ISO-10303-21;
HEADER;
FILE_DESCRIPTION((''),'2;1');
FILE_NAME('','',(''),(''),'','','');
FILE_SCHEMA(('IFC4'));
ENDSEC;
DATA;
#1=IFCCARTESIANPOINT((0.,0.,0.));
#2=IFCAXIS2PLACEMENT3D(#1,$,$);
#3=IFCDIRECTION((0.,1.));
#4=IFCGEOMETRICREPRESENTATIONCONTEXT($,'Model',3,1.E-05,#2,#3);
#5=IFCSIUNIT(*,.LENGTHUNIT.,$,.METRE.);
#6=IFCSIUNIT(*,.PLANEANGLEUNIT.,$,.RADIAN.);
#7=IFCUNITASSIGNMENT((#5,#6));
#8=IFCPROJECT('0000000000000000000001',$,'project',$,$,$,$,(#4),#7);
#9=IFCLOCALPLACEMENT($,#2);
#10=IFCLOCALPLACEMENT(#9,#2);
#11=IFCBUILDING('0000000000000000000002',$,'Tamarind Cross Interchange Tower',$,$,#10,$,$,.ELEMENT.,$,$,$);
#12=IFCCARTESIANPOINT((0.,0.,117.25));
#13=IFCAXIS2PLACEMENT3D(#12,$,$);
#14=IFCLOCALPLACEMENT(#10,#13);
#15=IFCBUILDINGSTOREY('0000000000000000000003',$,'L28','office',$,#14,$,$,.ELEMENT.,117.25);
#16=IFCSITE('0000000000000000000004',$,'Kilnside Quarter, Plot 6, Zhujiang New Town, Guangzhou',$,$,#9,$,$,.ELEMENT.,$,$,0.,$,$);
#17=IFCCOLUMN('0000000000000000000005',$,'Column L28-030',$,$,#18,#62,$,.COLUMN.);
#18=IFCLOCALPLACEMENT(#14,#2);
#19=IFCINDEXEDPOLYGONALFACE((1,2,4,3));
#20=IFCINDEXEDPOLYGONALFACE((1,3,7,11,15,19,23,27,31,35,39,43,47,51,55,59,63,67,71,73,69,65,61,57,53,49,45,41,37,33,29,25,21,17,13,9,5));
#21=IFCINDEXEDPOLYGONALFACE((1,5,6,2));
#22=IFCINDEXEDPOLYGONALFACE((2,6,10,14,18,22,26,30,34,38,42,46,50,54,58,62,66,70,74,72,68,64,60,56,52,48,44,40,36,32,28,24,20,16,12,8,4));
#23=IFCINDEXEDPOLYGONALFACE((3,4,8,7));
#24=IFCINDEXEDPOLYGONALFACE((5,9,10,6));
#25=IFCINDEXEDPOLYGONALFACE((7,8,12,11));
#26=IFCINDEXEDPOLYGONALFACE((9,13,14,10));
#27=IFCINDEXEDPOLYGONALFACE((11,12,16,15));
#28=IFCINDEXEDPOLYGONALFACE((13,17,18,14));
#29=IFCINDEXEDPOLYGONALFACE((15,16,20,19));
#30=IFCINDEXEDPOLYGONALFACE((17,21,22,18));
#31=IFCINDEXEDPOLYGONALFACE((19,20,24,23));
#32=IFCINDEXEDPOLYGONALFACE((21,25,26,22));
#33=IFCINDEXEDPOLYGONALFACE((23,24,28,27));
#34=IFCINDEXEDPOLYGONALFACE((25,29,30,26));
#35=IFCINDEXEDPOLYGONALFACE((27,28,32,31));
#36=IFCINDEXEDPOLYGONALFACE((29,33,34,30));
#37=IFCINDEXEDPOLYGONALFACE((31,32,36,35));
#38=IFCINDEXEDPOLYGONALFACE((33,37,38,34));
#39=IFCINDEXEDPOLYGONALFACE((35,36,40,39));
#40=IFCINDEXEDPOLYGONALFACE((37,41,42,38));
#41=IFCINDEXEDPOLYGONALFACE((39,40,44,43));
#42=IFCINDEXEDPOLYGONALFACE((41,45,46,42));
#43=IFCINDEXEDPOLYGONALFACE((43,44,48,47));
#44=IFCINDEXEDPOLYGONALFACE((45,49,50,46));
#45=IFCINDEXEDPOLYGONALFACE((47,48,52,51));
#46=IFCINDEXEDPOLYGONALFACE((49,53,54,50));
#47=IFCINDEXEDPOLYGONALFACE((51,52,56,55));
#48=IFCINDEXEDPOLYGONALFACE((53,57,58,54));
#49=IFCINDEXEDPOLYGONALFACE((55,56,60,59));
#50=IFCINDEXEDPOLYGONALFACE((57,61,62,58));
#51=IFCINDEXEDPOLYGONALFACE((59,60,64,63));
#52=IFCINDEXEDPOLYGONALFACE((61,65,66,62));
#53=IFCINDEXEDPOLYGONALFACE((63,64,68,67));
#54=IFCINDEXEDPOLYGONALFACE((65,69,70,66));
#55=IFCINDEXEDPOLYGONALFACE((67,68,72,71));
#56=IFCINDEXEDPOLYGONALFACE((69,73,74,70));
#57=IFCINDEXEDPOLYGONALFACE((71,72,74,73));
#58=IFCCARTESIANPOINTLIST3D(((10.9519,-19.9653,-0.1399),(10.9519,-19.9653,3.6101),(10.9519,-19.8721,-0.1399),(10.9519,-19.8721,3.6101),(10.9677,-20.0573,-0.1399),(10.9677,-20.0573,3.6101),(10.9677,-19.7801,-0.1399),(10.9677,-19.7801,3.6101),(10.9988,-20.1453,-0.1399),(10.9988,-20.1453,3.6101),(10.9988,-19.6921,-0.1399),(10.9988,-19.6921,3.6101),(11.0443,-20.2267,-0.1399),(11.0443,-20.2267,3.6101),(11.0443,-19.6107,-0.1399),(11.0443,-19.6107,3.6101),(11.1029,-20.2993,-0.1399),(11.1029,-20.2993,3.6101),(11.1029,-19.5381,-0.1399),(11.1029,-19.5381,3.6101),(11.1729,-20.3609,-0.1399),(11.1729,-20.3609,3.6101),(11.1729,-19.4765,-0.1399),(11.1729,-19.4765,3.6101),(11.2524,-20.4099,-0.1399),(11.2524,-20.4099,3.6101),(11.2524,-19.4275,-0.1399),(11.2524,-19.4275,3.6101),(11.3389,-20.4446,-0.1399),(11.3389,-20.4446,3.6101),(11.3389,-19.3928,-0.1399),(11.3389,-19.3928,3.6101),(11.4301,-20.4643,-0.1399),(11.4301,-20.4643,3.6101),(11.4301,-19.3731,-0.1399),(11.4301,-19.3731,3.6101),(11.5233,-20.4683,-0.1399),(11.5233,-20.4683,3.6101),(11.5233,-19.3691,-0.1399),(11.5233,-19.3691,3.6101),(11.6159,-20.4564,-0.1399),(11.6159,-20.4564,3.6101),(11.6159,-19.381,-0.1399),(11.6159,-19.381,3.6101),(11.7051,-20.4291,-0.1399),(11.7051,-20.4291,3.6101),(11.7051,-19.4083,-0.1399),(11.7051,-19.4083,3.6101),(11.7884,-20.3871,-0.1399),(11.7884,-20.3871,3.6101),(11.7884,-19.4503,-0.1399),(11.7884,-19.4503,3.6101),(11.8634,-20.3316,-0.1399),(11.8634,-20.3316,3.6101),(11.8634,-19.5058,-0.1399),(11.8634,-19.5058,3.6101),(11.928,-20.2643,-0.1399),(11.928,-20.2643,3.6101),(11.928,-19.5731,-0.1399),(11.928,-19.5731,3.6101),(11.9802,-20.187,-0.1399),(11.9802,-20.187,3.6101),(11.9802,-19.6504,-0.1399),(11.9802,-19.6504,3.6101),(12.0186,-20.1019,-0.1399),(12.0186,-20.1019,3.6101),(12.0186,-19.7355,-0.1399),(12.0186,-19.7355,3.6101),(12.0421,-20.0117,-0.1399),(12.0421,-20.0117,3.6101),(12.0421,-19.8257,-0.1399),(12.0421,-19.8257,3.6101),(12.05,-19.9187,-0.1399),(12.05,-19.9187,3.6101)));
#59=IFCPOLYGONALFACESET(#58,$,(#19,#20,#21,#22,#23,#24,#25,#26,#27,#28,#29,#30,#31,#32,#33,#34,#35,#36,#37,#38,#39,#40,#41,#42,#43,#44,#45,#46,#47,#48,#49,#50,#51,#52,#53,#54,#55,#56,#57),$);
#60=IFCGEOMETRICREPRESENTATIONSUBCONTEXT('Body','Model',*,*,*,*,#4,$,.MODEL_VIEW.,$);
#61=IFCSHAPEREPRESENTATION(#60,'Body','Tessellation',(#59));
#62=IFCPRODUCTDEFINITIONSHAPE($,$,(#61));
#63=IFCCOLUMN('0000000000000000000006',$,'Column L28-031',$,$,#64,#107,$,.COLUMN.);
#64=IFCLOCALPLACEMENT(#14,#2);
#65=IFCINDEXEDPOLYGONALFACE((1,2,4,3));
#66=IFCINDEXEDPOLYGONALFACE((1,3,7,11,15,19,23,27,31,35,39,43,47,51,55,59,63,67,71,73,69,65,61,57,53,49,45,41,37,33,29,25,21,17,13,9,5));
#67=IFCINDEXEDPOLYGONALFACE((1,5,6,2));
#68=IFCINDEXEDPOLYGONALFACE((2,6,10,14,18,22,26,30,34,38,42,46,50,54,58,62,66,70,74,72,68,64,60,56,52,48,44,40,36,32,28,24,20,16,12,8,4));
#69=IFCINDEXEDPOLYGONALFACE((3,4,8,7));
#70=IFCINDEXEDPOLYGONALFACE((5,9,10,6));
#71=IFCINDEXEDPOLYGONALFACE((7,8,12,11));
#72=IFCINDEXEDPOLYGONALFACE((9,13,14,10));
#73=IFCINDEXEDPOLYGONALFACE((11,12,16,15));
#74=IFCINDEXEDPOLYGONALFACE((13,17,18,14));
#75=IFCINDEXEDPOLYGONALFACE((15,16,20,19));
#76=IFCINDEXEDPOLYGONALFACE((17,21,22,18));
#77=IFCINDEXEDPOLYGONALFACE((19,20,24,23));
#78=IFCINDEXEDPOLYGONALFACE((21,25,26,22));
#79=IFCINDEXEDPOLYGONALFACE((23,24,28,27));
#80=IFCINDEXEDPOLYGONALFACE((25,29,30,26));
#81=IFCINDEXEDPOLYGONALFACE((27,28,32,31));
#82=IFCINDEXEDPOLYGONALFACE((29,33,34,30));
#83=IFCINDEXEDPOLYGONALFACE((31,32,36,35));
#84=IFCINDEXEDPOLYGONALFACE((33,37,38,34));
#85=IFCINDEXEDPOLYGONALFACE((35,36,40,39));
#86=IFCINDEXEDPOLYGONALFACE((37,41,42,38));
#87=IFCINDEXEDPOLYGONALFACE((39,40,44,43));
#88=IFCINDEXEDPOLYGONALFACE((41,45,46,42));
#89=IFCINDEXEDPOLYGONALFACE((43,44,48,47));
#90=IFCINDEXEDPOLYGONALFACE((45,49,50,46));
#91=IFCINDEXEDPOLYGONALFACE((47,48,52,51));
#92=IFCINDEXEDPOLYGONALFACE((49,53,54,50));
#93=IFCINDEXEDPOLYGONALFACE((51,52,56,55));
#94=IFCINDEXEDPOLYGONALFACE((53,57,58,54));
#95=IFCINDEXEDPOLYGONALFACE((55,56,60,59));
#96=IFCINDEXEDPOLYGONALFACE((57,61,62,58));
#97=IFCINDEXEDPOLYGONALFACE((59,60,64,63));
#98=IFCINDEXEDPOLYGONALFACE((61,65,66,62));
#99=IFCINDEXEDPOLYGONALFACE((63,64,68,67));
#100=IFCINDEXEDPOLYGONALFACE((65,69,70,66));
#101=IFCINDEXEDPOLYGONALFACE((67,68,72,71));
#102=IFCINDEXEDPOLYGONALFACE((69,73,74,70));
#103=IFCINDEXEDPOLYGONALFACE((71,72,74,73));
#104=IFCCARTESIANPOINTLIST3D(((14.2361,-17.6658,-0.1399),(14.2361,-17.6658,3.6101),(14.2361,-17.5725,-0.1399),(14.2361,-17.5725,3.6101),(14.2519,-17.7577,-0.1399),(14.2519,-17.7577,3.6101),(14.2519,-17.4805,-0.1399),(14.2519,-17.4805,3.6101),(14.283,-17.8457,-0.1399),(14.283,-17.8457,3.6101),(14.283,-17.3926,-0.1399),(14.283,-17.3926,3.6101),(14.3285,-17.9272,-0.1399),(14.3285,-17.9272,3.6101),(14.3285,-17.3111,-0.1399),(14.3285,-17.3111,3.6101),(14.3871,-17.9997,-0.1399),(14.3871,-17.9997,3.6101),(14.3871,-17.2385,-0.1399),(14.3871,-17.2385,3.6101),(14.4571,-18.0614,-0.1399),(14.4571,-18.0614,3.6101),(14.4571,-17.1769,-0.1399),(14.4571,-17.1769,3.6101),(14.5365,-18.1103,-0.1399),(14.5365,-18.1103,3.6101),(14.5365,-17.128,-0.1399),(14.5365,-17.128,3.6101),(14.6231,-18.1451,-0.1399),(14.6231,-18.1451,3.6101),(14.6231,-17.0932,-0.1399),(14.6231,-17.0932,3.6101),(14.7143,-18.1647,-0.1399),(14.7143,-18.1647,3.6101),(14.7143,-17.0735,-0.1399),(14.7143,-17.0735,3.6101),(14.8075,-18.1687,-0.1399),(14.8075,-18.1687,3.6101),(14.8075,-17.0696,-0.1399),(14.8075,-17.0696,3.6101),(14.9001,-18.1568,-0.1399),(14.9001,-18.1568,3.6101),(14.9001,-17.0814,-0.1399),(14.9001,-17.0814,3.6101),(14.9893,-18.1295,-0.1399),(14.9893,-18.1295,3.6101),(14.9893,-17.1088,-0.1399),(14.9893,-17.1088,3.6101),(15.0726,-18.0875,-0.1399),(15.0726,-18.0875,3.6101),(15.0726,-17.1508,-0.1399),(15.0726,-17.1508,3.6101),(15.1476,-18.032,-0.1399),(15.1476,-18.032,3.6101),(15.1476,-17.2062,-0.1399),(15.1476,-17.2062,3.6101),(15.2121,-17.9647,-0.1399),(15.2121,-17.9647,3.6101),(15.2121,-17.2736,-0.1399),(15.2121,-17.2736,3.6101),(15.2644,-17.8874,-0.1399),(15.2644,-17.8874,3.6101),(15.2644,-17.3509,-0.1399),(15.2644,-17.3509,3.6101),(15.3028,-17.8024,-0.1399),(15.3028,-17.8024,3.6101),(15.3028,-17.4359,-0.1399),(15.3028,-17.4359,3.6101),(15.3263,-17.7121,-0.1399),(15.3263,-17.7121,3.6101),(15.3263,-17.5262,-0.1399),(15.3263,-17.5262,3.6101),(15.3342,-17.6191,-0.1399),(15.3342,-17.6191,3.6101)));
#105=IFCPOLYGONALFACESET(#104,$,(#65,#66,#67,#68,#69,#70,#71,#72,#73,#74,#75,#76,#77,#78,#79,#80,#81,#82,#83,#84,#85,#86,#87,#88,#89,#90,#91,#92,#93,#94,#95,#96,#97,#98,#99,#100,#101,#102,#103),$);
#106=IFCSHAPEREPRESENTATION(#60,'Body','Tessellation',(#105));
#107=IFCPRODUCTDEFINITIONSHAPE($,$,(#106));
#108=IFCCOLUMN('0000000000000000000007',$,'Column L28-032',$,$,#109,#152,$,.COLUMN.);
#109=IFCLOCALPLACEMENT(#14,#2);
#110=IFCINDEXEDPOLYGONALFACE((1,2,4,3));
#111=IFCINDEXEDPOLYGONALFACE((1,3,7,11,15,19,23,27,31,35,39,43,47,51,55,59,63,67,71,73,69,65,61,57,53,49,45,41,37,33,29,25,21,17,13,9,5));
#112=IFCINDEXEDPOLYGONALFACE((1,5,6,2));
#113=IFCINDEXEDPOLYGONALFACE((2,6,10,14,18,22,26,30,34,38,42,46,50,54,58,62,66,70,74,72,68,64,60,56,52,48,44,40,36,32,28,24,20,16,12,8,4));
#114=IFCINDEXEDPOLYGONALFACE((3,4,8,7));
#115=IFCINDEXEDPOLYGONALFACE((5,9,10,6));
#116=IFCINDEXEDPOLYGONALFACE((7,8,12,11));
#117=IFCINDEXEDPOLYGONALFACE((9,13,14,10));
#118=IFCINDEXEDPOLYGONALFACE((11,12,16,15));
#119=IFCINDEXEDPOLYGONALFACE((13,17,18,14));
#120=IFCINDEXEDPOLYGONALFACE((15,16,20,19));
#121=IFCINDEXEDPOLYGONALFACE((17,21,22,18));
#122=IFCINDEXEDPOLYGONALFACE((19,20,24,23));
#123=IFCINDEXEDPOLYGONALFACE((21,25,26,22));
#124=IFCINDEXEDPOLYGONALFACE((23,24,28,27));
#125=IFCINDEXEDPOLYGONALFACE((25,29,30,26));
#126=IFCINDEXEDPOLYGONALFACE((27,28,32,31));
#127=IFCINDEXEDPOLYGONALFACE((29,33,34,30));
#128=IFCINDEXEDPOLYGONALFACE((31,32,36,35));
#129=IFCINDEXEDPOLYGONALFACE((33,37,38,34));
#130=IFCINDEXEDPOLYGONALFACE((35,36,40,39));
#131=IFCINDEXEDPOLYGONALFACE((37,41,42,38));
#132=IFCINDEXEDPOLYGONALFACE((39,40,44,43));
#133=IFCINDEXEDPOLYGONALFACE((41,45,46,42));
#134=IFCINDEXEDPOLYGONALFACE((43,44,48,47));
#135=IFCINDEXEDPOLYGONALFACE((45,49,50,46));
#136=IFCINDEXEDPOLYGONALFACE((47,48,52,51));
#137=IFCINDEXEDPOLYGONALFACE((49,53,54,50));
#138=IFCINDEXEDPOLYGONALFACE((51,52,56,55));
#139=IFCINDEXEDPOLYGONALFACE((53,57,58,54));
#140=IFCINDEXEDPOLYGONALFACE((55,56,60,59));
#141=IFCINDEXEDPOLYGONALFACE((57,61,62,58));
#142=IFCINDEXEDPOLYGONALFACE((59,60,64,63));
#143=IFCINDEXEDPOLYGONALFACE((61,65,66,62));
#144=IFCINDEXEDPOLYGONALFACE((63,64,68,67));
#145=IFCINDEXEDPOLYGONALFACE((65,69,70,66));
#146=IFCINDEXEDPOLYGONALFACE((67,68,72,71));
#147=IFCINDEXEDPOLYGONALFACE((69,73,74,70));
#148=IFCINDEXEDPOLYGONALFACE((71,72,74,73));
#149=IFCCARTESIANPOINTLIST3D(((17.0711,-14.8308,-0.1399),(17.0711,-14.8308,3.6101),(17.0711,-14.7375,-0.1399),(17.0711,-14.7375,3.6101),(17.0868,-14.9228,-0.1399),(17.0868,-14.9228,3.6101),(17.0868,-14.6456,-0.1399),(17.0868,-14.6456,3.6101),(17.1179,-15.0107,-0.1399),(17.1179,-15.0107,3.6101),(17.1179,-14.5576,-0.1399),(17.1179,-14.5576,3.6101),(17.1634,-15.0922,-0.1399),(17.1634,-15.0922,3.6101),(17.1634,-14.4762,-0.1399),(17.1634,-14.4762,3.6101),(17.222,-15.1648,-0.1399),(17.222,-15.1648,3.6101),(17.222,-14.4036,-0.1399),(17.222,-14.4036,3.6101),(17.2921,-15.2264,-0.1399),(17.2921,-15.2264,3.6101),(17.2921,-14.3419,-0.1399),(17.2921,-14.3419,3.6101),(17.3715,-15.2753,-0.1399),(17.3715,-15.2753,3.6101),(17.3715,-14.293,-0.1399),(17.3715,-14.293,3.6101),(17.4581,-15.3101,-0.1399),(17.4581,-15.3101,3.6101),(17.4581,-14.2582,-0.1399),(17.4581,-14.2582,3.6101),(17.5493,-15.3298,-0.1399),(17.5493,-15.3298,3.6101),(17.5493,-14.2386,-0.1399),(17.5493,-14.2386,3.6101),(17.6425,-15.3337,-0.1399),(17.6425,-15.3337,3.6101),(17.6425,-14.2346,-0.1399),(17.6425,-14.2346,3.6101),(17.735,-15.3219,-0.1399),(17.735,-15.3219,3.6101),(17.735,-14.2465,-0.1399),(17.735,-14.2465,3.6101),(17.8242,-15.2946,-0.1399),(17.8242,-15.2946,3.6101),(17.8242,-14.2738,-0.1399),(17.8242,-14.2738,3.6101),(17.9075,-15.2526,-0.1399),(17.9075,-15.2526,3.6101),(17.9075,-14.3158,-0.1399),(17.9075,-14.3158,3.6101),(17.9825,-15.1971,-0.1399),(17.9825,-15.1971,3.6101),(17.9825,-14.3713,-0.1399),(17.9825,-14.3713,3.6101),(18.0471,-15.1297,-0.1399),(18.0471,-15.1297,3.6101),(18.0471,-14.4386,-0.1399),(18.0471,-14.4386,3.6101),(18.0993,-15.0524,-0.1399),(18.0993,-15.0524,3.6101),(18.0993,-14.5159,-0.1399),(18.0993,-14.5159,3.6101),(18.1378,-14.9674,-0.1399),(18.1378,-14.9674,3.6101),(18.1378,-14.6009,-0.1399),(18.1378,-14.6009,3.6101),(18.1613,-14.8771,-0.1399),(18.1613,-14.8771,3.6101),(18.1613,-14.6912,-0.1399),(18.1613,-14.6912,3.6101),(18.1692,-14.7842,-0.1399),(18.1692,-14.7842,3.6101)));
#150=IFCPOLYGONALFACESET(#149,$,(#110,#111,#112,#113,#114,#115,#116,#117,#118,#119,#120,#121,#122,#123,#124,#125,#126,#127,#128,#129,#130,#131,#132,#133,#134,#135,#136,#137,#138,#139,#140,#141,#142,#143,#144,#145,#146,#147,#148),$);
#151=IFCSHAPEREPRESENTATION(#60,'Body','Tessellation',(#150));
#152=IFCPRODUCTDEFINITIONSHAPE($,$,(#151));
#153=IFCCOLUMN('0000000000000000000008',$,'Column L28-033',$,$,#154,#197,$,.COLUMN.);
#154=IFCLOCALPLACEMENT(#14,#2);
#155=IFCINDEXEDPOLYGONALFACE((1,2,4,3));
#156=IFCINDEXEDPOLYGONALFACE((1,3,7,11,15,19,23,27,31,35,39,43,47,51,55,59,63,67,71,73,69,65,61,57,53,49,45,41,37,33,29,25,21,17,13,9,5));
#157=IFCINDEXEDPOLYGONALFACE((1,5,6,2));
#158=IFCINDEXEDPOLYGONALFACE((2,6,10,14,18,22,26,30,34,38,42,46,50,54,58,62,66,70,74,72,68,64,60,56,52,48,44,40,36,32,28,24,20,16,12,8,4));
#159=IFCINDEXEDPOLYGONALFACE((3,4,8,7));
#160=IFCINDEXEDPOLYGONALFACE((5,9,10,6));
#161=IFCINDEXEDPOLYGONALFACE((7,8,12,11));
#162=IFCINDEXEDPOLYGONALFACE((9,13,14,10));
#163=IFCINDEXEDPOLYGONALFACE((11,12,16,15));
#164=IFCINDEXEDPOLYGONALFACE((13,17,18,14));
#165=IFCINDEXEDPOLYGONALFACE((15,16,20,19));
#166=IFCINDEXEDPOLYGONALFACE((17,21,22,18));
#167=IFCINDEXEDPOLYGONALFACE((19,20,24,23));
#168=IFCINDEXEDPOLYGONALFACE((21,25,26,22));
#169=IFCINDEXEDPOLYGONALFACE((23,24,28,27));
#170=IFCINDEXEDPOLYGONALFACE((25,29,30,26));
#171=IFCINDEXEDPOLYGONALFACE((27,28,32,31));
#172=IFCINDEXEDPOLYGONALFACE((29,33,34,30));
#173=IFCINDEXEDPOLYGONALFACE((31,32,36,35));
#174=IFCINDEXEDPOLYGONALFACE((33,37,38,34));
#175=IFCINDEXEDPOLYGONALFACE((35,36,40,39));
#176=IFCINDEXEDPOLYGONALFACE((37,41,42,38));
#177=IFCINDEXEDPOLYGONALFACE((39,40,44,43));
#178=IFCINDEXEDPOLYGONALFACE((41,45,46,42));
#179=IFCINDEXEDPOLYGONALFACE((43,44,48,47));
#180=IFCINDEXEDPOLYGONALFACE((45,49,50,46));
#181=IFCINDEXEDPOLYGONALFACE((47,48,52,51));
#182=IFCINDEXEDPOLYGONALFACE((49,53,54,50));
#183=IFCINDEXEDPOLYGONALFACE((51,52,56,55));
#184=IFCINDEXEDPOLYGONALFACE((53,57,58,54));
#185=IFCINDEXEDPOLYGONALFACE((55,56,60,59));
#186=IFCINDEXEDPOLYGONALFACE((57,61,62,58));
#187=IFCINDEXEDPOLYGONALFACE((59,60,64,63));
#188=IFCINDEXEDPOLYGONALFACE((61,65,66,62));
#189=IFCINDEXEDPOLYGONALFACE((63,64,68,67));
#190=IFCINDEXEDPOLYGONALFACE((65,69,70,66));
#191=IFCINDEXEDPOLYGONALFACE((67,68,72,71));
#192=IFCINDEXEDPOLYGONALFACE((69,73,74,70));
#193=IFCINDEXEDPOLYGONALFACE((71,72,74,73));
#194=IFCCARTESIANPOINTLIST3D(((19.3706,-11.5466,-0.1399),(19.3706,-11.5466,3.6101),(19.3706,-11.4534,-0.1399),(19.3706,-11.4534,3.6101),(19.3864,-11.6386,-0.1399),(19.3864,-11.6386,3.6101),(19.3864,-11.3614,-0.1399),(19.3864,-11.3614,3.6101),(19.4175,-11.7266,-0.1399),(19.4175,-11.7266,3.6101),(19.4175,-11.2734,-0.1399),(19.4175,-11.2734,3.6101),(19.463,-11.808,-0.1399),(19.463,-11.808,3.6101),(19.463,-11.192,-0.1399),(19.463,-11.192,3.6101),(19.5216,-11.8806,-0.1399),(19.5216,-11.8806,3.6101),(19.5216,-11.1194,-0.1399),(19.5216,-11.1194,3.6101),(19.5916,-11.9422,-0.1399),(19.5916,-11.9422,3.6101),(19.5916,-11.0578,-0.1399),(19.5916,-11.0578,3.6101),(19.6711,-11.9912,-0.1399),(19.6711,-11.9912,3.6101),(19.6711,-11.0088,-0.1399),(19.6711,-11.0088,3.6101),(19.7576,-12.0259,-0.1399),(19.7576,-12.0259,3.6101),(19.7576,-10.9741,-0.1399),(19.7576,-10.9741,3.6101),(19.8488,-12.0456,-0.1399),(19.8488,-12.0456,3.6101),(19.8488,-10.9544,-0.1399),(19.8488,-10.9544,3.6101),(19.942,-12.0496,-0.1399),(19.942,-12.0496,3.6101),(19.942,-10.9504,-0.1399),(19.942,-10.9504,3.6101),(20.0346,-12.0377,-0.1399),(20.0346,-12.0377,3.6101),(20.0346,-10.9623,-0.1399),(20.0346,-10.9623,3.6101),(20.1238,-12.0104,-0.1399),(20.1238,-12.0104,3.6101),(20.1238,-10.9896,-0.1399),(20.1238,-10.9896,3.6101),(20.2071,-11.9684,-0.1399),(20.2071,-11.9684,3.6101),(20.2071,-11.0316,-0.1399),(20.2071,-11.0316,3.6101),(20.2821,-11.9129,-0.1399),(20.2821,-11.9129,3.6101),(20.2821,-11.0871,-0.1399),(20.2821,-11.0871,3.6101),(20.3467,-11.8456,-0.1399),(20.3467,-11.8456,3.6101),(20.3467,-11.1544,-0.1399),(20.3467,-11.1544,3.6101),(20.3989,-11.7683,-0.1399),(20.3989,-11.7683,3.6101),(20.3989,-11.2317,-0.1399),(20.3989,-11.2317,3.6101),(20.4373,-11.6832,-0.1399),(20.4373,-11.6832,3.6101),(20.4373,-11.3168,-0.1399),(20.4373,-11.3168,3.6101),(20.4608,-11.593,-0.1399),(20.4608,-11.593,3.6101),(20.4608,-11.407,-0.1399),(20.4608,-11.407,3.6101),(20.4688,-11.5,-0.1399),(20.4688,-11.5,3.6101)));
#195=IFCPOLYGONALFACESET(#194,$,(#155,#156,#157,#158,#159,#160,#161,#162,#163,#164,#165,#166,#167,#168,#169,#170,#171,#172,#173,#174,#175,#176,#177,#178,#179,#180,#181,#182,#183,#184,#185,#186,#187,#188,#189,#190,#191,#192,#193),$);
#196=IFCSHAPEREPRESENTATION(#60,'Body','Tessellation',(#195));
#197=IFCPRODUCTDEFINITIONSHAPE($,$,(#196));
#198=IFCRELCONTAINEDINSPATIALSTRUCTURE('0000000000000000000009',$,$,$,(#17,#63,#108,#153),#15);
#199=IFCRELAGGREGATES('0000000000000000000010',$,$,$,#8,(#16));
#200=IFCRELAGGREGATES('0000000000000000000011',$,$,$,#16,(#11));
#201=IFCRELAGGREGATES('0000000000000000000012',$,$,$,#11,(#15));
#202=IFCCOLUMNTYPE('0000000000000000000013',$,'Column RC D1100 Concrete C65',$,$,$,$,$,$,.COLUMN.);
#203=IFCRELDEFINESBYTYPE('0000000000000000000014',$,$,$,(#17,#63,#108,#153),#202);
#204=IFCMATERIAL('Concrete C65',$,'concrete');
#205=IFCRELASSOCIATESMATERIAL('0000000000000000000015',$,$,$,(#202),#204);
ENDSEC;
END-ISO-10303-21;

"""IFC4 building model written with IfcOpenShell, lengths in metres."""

from ifc_helpers import new_model, si_unit, direction, frame, origin, origin_2d, place, context, subcontext, project, spatial, circle, extrude, material, material_profile, profile_set, type_object, element, save


model = new_model("IFC4")

# Units and contexts
model_context = context("Model", 3, precision=1e-05, world=origin(), true_north=direction((0.0, 1.0)))
body_context = subcontext(model_context, "Body", "Model", "MODEL_VIEW")
ifc_project = project(units=[si_unit("LENGTHUNIT", "METRE"), si_unit("PLANEANGLEUNIT", "RADIAN")], contexts=[model_context])

# Site, building, storey
site_placement = place(None, origin())
site = spatial("IfcSite", under=ifc_project, at=site_placement, Name="Kilnside Quarter, Plot 6, Zhujiang New Town, Guangzhou", CompositionType="ELEMENT", RefElevation=0.0)
building_placement = place(site_placement, origin())
building = spatial("IfcBuilding", under=site, at=building_placement, Name="Tamarind Cross Interchange Tower", CompositionType="ELEMENT")
storey_placement = place(building_placement, frame((0.0, 0.0, 117.25)))
storey = spatial("IfcBuildingStorey", under=building, at=storey_placement, Name="L28", Description="office", CompositionType="ELEMENT", Elevation=117.25)

# Columns
ifc_material_1 = material(Name="Concrete C65", Category="concrete")
ifc_material_profile_1 = material_profile(ifc_material_1, circle(Radius=0.55, at=origin_2d()), Name="RC D1100")
ifc_profile_set_1 = profile_set([ifc_material_profile_1], Name="Concrete C65")
column_type = type_object("IfcColumnType", Name="Column RC D1100 Concrete C65", PredefinedType="COLUMN", material=ifc_profile_set_1)
for number, where, z_axis, x_axis, name in (
    (1, (11.5, -19.9187, -0.1399), (0.0, 0.0, 1.0), (1.0, 0.0, 0.0), "Column L28-030"),
    (2, (14.7842, -17.6191, -0.1399), (0.0, 0.0, 1.0), (1.0, 0.0, 0.0), "Column L28-031"),
    (3, (17.6191, -14.7842, -0.1399), (0.0, 0.0, 1.0), (1.0, 0.0, 0.0), "Column L28-032"),
    (4, (19.9187, -11.5, -0.1399), (0.0, 0.0, 1.0), (1.0, 0.0, 0.0), "Column L28-033"),
):
    element("IfcColumn", number, at=place(storey_placement, frame(where, z_axis=z_axis, x_axis=x_axis)), inside=storey, type_object=column_type, Name=name, PredefinedType="COLUMN", context=body_context, shape_type="SweptSolid", body=[
        extrude(circle(Radius=0.55, at=origin_2d()), origin(), (0.0, 0.0, 1.0), 3.75),
    ])

save(model, "model.ifc")
